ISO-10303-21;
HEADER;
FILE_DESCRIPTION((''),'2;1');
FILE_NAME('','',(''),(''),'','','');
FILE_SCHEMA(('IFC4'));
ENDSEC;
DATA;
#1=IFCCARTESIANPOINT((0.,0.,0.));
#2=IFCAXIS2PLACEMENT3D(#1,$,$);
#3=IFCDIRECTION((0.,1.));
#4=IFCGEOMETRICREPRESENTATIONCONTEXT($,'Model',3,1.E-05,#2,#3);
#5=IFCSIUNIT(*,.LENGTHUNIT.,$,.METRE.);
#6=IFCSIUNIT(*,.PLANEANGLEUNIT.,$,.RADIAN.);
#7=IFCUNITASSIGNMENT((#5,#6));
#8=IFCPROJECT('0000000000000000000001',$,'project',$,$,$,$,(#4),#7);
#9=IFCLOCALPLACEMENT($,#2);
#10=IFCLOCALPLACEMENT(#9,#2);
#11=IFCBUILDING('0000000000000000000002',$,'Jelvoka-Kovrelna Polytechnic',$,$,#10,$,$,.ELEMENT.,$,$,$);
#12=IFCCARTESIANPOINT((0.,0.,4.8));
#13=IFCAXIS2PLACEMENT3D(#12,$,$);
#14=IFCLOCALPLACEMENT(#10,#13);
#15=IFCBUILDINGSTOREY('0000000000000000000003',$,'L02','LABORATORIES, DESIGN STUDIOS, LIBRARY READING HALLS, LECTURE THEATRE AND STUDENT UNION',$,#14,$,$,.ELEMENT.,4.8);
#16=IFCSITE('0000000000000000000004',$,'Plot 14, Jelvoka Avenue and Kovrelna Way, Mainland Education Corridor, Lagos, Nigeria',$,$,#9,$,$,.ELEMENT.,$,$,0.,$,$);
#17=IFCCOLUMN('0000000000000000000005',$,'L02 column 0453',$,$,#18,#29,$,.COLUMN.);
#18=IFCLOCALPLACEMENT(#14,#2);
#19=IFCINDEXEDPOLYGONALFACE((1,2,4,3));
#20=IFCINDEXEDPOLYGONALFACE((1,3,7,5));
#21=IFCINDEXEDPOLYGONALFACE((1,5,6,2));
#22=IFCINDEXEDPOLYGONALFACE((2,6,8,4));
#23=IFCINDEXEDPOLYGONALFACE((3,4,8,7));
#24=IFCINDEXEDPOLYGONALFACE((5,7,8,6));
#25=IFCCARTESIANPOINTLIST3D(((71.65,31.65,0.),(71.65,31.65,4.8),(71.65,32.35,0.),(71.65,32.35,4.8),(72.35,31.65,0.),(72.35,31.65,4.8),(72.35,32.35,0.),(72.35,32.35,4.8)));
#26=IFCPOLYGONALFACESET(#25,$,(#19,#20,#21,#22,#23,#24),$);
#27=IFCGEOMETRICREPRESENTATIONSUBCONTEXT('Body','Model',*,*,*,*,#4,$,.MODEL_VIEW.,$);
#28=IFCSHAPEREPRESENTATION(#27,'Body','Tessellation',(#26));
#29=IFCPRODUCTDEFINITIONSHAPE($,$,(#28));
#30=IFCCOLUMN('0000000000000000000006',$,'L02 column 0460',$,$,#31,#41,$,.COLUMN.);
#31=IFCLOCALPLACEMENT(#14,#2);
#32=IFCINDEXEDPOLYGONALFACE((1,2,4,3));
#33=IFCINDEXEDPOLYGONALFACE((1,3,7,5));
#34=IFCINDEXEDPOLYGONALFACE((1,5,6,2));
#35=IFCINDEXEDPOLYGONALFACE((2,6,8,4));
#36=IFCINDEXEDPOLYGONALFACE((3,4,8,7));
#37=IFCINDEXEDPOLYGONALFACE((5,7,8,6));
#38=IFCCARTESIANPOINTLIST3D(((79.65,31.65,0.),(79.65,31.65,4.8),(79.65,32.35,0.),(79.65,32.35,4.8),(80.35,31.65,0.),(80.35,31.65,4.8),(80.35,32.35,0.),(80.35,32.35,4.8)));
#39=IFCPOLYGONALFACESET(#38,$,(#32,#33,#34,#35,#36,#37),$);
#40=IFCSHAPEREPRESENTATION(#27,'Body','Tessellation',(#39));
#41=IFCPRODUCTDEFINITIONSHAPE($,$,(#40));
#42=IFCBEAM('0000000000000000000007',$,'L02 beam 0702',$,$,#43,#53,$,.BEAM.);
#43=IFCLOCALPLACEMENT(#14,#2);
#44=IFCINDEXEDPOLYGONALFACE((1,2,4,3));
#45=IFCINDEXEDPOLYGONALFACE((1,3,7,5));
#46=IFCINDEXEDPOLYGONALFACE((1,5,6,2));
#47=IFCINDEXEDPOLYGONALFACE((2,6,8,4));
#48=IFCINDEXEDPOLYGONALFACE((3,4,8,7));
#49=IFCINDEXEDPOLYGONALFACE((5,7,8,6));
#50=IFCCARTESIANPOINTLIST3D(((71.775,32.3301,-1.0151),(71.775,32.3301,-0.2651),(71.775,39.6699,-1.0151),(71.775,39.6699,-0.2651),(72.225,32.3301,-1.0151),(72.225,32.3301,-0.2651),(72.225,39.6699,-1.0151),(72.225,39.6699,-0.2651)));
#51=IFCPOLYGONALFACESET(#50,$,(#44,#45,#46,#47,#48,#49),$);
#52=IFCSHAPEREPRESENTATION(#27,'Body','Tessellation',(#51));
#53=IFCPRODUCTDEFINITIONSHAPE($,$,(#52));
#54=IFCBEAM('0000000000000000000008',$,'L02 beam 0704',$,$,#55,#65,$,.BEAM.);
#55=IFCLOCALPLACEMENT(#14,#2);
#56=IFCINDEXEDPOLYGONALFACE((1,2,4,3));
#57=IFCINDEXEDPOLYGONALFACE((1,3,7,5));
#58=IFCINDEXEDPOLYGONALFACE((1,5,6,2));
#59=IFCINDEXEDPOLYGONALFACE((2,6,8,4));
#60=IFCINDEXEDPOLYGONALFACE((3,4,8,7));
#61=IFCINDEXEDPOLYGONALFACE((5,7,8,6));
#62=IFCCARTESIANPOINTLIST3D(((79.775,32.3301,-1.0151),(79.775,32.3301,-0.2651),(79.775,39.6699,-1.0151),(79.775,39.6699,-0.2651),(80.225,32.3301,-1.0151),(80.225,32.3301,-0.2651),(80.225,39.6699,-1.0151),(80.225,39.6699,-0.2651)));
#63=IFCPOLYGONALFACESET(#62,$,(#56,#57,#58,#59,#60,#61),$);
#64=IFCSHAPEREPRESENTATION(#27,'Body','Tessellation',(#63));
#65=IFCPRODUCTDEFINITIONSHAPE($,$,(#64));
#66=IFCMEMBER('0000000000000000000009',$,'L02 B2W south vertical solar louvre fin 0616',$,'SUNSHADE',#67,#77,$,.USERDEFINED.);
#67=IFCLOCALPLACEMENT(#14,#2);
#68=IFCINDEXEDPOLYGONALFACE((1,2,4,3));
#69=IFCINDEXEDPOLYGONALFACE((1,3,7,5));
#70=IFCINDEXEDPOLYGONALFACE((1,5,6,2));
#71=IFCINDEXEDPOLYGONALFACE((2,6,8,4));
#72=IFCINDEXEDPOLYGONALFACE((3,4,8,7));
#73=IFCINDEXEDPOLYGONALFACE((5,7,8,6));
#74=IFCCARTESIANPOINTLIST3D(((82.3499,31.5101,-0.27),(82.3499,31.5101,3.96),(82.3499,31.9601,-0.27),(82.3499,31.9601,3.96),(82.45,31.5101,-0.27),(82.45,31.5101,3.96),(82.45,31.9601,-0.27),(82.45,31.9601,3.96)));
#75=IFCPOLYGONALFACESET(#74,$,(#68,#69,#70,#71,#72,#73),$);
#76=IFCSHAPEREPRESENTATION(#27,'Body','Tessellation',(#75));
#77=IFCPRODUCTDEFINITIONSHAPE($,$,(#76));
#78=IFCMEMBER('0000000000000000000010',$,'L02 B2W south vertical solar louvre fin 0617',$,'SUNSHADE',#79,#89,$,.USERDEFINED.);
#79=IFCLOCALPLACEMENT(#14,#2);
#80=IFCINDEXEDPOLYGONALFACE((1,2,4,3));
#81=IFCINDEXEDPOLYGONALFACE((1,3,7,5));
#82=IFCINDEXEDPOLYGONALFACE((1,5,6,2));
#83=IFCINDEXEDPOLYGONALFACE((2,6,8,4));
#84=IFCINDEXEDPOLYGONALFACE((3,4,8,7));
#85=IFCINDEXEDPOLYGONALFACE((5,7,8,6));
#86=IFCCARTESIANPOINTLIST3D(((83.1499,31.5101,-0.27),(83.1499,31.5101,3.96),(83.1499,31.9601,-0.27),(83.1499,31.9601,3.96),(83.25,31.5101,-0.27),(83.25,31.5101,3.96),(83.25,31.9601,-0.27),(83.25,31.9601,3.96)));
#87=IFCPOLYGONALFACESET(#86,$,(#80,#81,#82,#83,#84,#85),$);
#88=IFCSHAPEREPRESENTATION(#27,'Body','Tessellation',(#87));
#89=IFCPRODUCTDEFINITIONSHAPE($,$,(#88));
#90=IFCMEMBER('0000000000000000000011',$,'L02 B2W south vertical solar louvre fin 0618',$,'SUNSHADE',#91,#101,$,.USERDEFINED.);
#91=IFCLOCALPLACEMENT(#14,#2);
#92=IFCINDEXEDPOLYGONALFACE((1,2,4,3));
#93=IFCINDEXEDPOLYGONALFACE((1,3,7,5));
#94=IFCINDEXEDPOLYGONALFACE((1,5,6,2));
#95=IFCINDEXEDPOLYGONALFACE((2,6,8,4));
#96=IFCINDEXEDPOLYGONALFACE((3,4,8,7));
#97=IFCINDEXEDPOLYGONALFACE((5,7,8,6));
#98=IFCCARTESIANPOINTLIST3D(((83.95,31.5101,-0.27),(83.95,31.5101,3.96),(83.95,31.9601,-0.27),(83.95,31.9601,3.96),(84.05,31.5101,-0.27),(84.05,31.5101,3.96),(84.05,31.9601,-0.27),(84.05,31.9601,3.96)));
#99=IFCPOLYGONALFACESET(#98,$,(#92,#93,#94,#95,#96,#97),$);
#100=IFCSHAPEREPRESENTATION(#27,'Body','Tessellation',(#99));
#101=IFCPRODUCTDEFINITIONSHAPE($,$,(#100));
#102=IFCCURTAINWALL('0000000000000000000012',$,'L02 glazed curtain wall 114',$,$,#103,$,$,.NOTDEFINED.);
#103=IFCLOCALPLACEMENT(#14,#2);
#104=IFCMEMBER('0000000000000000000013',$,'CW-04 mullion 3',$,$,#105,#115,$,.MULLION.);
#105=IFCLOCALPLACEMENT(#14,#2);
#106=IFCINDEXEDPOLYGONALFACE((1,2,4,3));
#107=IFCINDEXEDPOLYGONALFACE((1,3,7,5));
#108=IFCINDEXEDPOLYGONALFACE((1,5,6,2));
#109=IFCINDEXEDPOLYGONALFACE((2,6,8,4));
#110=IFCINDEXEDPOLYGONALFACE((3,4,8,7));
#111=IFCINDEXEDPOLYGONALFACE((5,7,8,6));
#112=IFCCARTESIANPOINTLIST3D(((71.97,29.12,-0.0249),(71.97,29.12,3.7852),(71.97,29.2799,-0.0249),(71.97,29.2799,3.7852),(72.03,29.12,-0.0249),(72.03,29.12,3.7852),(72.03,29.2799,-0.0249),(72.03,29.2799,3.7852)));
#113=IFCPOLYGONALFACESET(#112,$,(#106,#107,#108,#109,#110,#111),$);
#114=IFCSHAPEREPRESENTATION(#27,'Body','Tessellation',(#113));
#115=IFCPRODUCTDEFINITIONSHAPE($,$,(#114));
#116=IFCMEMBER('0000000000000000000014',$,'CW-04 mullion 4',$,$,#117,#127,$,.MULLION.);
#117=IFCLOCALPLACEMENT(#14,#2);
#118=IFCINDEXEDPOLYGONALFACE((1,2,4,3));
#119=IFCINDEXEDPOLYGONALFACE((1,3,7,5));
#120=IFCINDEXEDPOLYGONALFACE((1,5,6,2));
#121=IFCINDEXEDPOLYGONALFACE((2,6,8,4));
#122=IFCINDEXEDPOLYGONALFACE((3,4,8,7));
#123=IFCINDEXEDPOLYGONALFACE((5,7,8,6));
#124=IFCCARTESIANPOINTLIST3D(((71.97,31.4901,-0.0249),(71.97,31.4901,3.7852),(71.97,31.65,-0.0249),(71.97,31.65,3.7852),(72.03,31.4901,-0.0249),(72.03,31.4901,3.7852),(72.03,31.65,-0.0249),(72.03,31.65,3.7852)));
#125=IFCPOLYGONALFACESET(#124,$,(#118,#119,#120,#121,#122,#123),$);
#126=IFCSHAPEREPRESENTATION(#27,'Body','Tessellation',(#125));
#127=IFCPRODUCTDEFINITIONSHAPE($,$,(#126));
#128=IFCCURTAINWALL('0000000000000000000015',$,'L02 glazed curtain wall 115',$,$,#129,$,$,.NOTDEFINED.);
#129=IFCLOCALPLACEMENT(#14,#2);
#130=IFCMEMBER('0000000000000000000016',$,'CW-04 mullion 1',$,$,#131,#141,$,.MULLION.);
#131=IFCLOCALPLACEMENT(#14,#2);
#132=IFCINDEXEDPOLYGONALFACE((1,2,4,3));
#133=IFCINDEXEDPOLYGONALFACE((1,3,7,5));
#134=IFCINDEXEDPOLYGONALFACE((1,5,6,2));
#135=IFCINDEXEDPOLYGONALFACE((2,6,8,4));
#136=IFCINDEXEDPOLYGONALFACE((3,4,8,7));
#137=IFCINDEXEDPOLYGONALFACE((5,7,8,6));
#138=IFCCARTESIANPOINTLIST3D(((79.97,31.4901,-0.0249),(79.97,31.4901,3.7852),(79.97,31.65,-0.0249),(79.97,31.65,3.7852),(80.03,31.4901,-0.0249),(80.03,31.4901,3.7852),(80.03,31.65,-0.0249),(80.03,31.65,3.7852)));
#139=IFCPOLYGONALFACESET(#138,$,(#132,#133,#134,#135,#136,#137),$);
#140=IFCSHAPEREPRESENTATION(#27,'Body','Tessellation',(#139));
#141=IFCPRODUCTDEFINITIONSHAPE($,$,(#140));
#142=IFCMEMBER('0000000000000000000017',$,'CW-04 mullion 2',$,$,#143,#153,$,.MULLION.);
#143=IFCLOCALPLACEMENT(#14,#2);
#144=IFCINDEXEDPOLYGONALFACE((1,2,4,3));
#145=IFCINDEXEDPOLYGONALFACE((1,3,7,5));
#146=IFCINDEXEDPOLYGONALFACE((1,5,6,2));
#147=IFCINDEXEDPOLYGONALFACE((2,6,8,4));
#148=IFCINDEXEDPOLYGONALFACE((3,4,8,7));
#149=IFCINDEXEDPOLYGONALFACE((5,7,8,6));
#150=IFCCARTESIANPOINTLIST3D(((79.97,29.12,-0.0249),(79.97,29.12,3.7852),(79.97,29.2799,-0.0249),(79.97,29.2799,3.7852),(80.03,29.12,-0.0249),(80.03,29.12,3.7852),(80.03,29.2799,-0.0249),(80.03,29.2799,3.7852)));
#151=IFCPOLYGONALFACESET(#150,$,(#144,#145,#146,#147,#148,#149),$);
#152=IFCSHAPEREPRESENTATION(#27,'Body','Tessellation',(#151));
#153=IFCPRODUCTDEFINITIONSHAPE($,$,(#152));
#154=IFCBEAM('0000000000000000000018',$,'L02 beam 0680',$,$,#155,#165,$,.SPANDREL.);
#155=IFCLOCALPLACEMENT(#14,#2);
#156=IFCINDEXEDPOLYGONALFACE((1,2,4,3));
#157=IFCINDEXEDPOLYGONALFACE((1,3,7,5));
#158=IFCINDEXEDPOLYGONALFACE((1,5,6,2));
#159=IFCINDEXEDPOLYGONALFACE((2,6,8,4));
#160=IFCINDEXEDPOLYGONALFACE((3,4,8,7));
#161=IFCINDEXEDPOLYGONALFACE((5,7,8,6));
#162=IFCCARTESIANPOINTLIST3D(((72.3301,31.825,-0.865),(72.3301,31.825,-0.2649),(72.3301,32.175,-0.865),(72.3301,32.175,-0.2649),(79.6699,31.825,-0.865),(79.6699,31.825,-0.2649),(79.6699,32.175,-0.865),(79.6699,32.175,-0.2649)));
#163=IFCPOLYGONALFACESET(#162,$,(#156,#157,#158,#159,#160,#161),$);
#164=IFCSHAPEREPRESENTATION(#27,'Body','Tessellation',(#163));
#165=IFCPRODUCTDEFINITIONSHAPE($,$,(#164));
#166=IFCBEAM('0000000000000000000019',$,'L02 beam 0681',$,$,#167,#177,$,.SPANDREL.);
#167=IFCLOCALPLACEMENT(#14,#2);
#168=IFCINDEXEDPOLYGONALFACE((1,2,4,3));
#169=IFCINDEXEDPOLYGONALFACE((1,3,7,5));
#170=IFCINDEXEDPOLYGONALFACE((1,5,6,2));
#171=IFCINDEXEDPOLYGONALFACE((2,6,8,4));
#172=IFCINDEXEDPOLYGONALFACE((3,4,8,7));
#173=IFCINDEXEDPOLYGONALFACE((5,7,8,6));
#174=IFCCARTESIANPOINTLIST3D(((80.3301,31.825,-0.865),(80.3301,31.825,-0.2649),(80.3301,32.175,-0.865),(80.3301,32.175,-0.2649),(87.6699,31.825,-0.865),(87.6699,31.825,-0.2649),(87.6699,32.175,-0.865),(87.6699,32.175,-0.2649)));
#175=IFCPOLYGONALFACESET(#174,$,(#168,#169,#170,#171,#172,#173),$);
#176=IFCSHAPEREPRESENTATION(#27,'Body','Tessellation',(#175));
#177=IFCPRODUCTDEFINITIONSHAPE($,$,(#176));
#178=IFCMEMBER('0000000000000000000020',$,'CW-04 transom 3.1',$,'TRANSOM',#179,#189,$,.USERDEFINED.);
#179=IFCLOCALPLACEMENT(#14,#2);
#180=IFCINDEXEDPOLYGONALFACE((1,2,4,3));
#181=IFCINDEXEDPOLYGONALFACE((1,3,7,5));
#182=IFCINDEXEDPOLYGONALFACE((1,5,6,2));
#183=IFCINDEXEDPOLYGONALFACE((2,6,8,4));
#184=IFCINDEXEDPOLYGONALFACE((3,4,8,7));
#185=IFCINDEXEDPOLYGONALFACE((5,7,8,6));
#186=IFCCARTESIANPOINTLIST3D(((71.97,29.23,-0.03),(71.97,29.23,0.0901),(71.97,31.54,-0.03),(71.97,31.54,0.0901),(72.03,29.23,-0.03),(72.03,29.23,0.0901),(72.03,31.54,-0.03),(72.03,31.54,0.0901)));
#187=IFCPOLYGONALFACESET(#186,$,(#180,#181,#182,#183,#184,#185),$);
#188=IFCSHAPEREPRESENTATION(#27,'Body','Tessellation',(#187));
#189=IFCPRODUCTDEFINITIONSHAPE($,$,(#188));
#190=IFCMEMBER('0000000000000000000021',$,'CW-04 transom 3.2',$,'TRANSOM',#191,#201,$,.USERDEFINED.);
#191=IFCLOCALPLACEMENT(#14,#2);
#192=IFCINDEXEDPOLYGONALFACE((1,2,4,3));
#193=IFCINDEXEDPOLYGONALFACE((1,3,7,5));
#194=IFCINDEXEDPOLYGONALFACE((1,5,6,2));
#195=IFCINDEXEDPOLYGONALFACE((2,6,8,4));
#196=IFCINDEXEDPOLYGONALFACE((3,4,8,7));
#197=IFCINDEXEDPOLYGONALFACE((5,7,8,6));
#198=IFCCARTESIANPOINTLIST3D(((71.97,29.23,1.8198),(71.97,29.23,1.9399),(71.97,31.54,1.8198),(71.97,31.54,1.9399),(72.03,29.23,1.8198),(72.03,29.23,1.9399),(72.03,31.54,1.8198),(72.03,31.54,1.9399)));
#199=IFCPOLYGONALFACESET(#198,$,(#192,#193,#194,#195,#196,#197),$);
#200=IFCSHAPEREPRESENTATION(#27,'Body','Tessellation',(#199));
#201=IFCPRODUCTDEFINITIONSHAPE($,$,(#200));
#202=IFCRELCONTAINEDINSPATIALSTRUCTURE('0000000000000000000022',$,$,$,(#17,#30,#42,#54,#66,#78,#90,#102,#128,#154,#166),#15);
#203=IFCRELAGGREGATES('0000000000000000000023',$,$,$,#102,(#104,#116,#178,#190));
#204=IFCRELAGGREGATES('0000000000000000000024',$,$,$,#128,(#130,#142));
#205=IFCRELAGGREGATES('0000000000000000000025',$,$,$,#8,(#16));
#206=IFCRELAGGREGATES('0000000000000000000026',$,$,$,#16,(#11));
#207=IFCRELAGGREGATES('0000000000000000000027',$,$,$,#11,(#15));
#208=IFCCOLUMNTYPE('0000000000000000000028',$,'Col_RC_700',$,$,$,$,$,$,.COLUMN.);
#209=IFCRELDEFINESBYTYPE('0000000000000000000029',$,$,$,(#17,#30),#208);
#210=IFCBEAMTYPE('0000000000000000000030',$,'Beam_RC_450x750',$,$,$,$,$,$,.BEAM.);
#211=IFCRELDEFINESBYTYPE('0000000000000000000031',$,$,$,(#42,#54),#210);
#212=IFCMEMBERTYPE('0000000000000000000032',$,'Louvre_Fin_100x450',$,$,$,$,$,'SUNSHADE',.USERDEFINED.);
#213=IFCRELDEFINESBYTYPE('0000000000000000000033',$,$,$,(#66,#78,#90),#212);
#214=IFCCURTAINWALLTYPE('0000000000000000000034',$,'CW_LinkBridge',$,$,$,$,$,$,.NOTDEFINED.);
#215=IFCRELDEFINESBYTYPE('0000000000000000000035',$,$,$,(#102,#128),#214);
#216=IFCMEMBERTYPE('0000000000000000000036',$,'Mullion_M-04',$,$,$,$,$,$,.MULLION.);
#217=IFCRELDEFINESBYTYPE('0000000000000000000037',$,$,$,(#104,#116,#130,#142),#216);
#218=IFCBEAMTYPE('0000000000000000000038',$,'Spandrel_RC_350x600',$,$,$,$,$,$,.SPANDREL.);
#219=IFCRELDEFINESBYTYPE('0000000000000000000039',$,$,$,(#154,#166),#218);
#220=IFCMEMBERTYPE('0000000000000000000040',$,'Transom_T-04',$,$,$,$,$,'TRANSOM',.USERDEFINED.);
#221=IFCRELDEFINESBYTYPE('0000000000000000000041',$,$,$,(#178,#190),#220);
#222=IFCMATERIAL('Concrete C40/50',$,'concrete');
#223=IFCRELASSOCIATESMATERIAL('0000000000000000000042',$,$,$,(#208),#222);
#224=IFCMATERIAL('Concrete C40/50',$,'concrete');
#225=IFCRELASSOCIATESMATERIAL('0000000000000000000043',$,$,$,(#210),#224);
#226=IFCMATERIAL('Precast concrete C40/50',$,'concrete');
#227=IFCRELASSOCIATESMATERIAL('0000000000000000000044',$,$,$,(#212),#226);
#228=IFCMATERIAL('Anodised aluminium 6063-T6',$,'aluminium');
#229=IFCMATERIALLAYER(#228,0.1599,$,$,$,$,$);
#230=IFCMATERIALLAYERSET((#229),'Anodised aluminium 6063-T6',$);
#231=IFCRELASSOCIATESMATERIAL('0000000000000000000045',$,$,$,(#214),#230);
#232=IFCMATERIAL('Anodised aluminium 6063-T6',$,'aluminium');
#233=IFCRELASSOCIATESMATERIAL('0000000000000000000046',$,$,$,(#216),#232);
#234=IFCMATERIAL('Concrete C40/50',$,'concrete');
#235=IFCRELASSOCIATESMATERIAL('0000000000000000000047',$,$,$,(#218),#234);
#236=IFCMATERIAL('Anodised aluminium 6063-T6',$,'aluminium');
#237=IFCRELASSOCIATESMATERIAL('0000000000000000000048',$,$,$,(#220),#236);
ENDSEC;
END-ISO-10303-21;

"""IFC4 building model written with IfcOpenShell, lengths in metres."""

from ifc_helpers import new_model, si_unit, direction, frame, origin, origin_2d, place, context, subcontext, project, spatial, rectangle, extrude, material, layer, layer_set, material_profile, profile_set, type_object, element, aggregate, save


model = new_model("IFC4")

# Units and contexts
model_context = context("Model", 3, precision=1e-05, world=origin(), true_north=direction((0.0, 1.0)))
body_context = subcontext(model_context, "Body", "Model", "MODEL_VIEW")
ifc_project = project(units=[si_unit("LENGTHUNIT", "METRE"), si_unit("PLANEANGLEUNIT", "RADIAN")], contexts=[model_context])

# Site, building, storey
site_placement = place(None, origin())
site = spatial("IfcSite", under=ifc_project, at=site_placement, Name="Plot 14, Jelvoka Avenue and Kovrelna Way, Mainland Education Corridor, Lagos, Nigeria", CompositionType="ELEMENT", RefElevation=0.0)
building_placement = place(site_placement, origin())
building = spatial("IfcBuilding", under=site, at=building_placement, Name="Jelvoka-Kovrelna Polytechnic", CompositionType="ELEMENT")
storey_placement = place(building_placement, frame((0.0, 0.0, 4.8)))
storey = spatial("IfcBuildingStorey", under=building, at=storey_placement, Name="L02", Description="LABORATORIES, DESIGN STUDIOS, LIBRARY READING HALLS, LECTURE THEATRE AND STUDENT UNION", CompositionType="ELEMENT", Elevation=4.8)

# Columns
ifc_material_1 = material(Name="Concrete C40/50", Category="concrete")
ifc_material_profile_1 = material_profile(ifc_material_1, rectangle(XDim=0.7, YDim=0.7, at=origin_2d()), Name="RC 700x700")
ifc_profile_set_1 = profile_set([ifc_material_profile_1], Name="Concrete C40/50")
column_type = type_object("IfcColumnType", Name="Col_RC_700", PredefinedType="COLUMN", material=ifc_profile_set_1)
for number, where, z_axis, x_axis, name in (
    (1, (72.0, 32.0, 0.0), (0.0, 0.0, 1.0), (1.0, 0.0, 0.0), "L02 column 0453"),
    (2, (80.0, 32.0, 0.0), (0.0, 0.0, 1.0), (1.0, 0.0, 0.0), "L02 column 0460"),
):
    element("IfcColumn", number, at=place(storey_placement, frame(where, z_axis=z_axis, x_axis=x_axis)), inside=storey, type_object=column_type, Name=name, PredefinedType="COLUMN", context=body_context, shape_type="SweptSolid", body=[
        extrude(rectangle(XDim=0.7, YDim=0.7, at=origin_2d()), origin(), (0.0, 0.0, 1.0), 4.8),
    ])

# Beams
ifc_material_2 = material(Name="Concrete C40/50", Category="concrete")
ifc_material_profile_2 = material_profile(ifc_material_2, rectangle(XDim=0.45, YDim=0.75, at=origin_2d()), Name="RC 450x750")
ifc_profile_set_2 = profile_set([ifc_material_profile_2], Name="Concrete C40/50")
beam_type_1 = type_object("IfcBeamType", Name="Beam_RC_450x750", PredefinedType="BEAM", material=ifc_profile_set_2)
for number, where, z_axis, x_axis, name in (
    (3, (72.0, 32.3301, -0.6401), (0.0, 1.0, 0.0), (-1.0, 0.0, 0.0), "L02 beam 0702"),
    (4, (80.0, 32.3301, -0.6401), (0.0, 1.0, 0.0), (-1.0, 0.0, 0.0), "L02 beam 0704"),
):
    element("IfcBeam", number, at=place(storey_placement, frame(where, z_axis=z_axis, x_axis=x_axis)), inside=storey, type_object=beam_type_1, Name=name, PredefinedType="BEAM", context=body_context, shape_type="SweptSolid", body=[
        extrude(rectangle(XDim=0.45, YDim=0.75, at=origin_2d()), origin(), (0.0, 0.0, 1.0), 7.3398),
    ])

# Members
ifc_material_3 = material(Name="Precast concrete C40/50", Category="concrete")
ifc_material_profile_3 = material_profile(ifc_material_3, rectangle(XDim=0.1001, YDim=0.45, at=origin_2d()), Name="PC 100x450")
ifc_profile_set_3 = profile_set([ifc_material_profile_3], Name="Precast concrete C40/50")
member_type_1 = type_object("IfcMemberType", Name="Louvre_Fin_100x450", ElementType="SUNSHADE", PredefinedType="USERDEFINED", material=ifc_profile_set_3)
for number, where, z_axis, x_axis, name in (
    (5, (82.3999, 31.7351, -0.27), (0.0, 0.0, 1.0), (1.0, 0.0, 0.0), "L02 B2W south vertical solar louvre fin 0616"),
    (6, (83.2, 31.7351, -0.27), (0.0, 0.0, 1.0), (1.0, 0.0, 0.0), "L02 B2W south vertical solar louvre fin 0617"),
    (7, (84.0, 31.7351, -0.27), (0.0, 0.0, 1.0), (1.0, 0.0, 0.0), "L02 B2W south vertical solar louvre fin 0618"),
):
    element("IfcMember", number, at=place(storey_placement, frame(where, z_axis=z_axis, x_axis=x_axis)), inside=storey, type_object=member_type_1, Name=name, ObjectType="SUNSHADE", PredefinedType="USERDEFINED", context=body_context, shape_type="SweptSolid", body=[
        extrude(rectangle(XDim=0.1001, YDim=0.45, at=origin_2d()), origin(), (0.0, 0.0, 1.0), 4.23),
    ])

# Curtain walls, members
ifc_material_4 = material(Name="Anodised aluminium 6063-T6", Category="aluminium")
ifc_layer_1 = layer(ifc_material_4, 0.1599)
ifc_layer_set_1 = layer_set([ifc_layer_1], Name="Anodised aluminium 6063-T6")
curtain_wall_type = type_object("IfcCurtainWallType", Name="CW_LinkBridge", PredefinedType="NOTDEFINED", material=ifc_layer_set_1)
curtain_wall_1_placement = place(storey_placement, origin())
curtain_wall_1 = element("IfcCurtainWall", 8, at=curtain_wall_1_placement, inside=storey, type_object=curtain_wall_type, Name="L02 glazed curtain wall 114", PredefinedType="NOTDEFINED")
ifc_material_5 = material(Name="Anodised aluminium 6063-T6", Category="aluminium")
ifc_material_profile_4 = material_profile(ifc_material_5, rectangle(XDim=0.0601, YDim=0.1599, at=origin_2d()), Name="ALU 60x160")
ifc_profile_set_4 = profile_set([ifc_material_profile_4], Name="Anodised aluminium 6063-T6")
member_type_2 = type_object("IfcMemberType", Name="Mullion_M-04", PredefinedType="MULLION", material=ifc_profile_set_4)
member_1_placement = place(storey_placement, frame((72.0, 29.2, -0.0249), z_axis=(0.0, 0.0, 1.0), x_axis=(-1.0, 0.0, 0.0)))
member_1 = element("IfcMember", 9, at=member_1_placement, type_object=member_type_2, Name="CW-04 mullion 3", PredefinedType="MULLION", context=body_context, shape_type="SweptSolid", body=[
    extrude(rectangle(XDim=0.0601, YDim=0.1599, at=origin_2d()), origin(), (0.0, 0.0, 1.0), 3.8101),
])
member_2_placement = place(storey_placement, frame((72.0, 31.5701, -0.0249), z_axis=(0.0, 0.0, 1.0), x_axis=(-1.0, 0.0, 0.0)))
member_2 = element("IfcMember", 10, at=member_2_placement, type_object=member_type_2, Name="CW-04 mullion 4", PredefinedType="MULLION", context=body_context, shape_type="SweptSolid", body=[
    extrude(rectangle(XDim=0.0601, YDim=0.1599, at=origin_2d()), origin(), (0.0, 0.0, 1.0), 3.8101),
])
curtain_wall_2_placement = place(storey_placement, origin())
curtain_wall_2 = element("IfcCurtainWall", 11, at=curtain_wall_2_placement, inside=storey, type_object=curtain_wall_type, Name="L02 glazed curtain wall 115", PredefinedType="NOTDEFINED")
member_3_placement = place(storey_placement, frame((80.0, 31.5701, -0.0249), z_axis=(0.0, 0.0, 1.0), x_axis=(1.0, 0.0, 0.0)))
member_3 = element("IfcMember", 12, at=member_3_placement, type_object=member_type_2, Name="CW-04 mullion 1", PredefinedType="MULLION", context=body_context, shape_type="SweptSolid", body=[
    extrude(rectangle(XDim=0.0601, YDim=0.1599, at=origin_2d()), origin(), (0.0, 0.0, 1.0), 3.8101),
])
member_4_placement = place(storey_placement, frame((80.0, 29.2, -0.0249), z_axis=(0.0, 0.0, 1.0), x_axis=(1.0, 0.0, 0.0)))
member_4 = element("IfcMember", 13, at=member_4_placement, type_object=member_type_2, Name="CW-04 mullion 2", PredefinedType="MULLION", context=body_context, shape_type="SweptSolid", body=[
    extrude(rectangle(XDim=0.0601, YDim=0.1599, at=origin_2d()), origin(), (0.0, 0.0, 1.0), 3.8101),
])

# Beams
ifc_material_6 = material(Name="Concrete C40/50", Category="concrete")
ifc_material_profile_5 = material_profile(ifc_material_6, rectangle(XDim=0.3501, YDim=0.6001, at=origin_2d()), Name="RC 350x600")
ifc_profile_set_5 = profile_set([ifc_material_profile_5], Name="Concrete C40/50")
beam_type_2 = type_object("IfcBeamType", Name="Spandrel_RC_350x600", PredefinedType="SPANDREL", material=ifc_profile_set_5)
for number, where, z_axis, x_axis, name in (
    (14, (72.3301, 32.0, -0.5649), (1.0, 0.0, 0.0), (0.0, 1.0, 0.0), "L02 beam 0680"),
    (15, (80.3301, 32.0, -0.5649), (1.0, 0.0, 0.0), (0.0, 1.0, 0.0), "L02 beam 0681"),
):
    element("IfcBeam", number, at=place(storey_placement, frame(where, z_axis=z_axis, x_axis=x_axis)), inside=storey, type_object=beam_type_2, Name=name, PredefinedType="SPANDREL", context=body_context, shape_type="SweptSolid", body=[
        extrude(rectangle(XDim=0.3501, YDim=0.6001, at=origin_2d()), origin(), (0.0, 0.0, 1.0), 7.3398),
    ])

# Members
ifc_material_7 = material(Name="Anodised aluminium 6063-T6", Category="aluminium")
ifc_material_profile_6 = material_profile(ifc_material_7, rectangle(XDim=0.0601, YDim=0.1201, at=origin_2d()), Name="ALU 60x120")
ifc_profile_set_6 = profile_set([ifc_material_profile_6], Name="Anodised aluminium 6063-T6")
member_type_3 = type_object("IfcMemberType", Name="Transom_T-04", ElementType="TRANSOM", PredefinedType="USERDEFINED", material=ifc_profile_set_6)
member_5_placement = place(storey_placement, frame((72.0, 29.23, 0.03), z_axis=(0.0, 1.0, 0.0), x_axis=(-1.0, 0.0, 0.0)))
member_5 = element("IfcMember", 16, at=member_5_placement, type_object=member_type_3, Name="CW-04 transom 3.1", ObjectType="TRANSOM", PredefinedType="USERDEFINED", context=body_context, shape_type="SweptSolid", body=[
    extrude(rectangle(XDim=0.0601, YDim=0.1201, at=origin_2d()), origin(), (0.0, 0.0, 1.0), 2.3101),
])
member_6_placement = place(storey_placement, frame((72.0, 29.23, 1.8799), z_axis=(0.0, 1.0, 0.0), x_axis=(-1.0, 0.0, 0.0)))
member_6 = element("IfcMember", 17, at=member_6_placement, type_object=member_type_3, Name="CW-04 transom 3.2", ObjectType="TRANSOM", PredefinedType="USERDEFINED", context=body_context, shape_type="SweptSolid", body=[
    extrude(rectangle(XDim=0.0601, YDim=0.1201, at=origin_2d()), origin(), (0.0, 0.0, 1.0), 2.3101),
])

aggregate(curtain_wall_1, [member_1, member_2, member_5, member_6])
aggregate(curtain_wall_2, [member_3, member_4])

save(model, "model.ifc")
